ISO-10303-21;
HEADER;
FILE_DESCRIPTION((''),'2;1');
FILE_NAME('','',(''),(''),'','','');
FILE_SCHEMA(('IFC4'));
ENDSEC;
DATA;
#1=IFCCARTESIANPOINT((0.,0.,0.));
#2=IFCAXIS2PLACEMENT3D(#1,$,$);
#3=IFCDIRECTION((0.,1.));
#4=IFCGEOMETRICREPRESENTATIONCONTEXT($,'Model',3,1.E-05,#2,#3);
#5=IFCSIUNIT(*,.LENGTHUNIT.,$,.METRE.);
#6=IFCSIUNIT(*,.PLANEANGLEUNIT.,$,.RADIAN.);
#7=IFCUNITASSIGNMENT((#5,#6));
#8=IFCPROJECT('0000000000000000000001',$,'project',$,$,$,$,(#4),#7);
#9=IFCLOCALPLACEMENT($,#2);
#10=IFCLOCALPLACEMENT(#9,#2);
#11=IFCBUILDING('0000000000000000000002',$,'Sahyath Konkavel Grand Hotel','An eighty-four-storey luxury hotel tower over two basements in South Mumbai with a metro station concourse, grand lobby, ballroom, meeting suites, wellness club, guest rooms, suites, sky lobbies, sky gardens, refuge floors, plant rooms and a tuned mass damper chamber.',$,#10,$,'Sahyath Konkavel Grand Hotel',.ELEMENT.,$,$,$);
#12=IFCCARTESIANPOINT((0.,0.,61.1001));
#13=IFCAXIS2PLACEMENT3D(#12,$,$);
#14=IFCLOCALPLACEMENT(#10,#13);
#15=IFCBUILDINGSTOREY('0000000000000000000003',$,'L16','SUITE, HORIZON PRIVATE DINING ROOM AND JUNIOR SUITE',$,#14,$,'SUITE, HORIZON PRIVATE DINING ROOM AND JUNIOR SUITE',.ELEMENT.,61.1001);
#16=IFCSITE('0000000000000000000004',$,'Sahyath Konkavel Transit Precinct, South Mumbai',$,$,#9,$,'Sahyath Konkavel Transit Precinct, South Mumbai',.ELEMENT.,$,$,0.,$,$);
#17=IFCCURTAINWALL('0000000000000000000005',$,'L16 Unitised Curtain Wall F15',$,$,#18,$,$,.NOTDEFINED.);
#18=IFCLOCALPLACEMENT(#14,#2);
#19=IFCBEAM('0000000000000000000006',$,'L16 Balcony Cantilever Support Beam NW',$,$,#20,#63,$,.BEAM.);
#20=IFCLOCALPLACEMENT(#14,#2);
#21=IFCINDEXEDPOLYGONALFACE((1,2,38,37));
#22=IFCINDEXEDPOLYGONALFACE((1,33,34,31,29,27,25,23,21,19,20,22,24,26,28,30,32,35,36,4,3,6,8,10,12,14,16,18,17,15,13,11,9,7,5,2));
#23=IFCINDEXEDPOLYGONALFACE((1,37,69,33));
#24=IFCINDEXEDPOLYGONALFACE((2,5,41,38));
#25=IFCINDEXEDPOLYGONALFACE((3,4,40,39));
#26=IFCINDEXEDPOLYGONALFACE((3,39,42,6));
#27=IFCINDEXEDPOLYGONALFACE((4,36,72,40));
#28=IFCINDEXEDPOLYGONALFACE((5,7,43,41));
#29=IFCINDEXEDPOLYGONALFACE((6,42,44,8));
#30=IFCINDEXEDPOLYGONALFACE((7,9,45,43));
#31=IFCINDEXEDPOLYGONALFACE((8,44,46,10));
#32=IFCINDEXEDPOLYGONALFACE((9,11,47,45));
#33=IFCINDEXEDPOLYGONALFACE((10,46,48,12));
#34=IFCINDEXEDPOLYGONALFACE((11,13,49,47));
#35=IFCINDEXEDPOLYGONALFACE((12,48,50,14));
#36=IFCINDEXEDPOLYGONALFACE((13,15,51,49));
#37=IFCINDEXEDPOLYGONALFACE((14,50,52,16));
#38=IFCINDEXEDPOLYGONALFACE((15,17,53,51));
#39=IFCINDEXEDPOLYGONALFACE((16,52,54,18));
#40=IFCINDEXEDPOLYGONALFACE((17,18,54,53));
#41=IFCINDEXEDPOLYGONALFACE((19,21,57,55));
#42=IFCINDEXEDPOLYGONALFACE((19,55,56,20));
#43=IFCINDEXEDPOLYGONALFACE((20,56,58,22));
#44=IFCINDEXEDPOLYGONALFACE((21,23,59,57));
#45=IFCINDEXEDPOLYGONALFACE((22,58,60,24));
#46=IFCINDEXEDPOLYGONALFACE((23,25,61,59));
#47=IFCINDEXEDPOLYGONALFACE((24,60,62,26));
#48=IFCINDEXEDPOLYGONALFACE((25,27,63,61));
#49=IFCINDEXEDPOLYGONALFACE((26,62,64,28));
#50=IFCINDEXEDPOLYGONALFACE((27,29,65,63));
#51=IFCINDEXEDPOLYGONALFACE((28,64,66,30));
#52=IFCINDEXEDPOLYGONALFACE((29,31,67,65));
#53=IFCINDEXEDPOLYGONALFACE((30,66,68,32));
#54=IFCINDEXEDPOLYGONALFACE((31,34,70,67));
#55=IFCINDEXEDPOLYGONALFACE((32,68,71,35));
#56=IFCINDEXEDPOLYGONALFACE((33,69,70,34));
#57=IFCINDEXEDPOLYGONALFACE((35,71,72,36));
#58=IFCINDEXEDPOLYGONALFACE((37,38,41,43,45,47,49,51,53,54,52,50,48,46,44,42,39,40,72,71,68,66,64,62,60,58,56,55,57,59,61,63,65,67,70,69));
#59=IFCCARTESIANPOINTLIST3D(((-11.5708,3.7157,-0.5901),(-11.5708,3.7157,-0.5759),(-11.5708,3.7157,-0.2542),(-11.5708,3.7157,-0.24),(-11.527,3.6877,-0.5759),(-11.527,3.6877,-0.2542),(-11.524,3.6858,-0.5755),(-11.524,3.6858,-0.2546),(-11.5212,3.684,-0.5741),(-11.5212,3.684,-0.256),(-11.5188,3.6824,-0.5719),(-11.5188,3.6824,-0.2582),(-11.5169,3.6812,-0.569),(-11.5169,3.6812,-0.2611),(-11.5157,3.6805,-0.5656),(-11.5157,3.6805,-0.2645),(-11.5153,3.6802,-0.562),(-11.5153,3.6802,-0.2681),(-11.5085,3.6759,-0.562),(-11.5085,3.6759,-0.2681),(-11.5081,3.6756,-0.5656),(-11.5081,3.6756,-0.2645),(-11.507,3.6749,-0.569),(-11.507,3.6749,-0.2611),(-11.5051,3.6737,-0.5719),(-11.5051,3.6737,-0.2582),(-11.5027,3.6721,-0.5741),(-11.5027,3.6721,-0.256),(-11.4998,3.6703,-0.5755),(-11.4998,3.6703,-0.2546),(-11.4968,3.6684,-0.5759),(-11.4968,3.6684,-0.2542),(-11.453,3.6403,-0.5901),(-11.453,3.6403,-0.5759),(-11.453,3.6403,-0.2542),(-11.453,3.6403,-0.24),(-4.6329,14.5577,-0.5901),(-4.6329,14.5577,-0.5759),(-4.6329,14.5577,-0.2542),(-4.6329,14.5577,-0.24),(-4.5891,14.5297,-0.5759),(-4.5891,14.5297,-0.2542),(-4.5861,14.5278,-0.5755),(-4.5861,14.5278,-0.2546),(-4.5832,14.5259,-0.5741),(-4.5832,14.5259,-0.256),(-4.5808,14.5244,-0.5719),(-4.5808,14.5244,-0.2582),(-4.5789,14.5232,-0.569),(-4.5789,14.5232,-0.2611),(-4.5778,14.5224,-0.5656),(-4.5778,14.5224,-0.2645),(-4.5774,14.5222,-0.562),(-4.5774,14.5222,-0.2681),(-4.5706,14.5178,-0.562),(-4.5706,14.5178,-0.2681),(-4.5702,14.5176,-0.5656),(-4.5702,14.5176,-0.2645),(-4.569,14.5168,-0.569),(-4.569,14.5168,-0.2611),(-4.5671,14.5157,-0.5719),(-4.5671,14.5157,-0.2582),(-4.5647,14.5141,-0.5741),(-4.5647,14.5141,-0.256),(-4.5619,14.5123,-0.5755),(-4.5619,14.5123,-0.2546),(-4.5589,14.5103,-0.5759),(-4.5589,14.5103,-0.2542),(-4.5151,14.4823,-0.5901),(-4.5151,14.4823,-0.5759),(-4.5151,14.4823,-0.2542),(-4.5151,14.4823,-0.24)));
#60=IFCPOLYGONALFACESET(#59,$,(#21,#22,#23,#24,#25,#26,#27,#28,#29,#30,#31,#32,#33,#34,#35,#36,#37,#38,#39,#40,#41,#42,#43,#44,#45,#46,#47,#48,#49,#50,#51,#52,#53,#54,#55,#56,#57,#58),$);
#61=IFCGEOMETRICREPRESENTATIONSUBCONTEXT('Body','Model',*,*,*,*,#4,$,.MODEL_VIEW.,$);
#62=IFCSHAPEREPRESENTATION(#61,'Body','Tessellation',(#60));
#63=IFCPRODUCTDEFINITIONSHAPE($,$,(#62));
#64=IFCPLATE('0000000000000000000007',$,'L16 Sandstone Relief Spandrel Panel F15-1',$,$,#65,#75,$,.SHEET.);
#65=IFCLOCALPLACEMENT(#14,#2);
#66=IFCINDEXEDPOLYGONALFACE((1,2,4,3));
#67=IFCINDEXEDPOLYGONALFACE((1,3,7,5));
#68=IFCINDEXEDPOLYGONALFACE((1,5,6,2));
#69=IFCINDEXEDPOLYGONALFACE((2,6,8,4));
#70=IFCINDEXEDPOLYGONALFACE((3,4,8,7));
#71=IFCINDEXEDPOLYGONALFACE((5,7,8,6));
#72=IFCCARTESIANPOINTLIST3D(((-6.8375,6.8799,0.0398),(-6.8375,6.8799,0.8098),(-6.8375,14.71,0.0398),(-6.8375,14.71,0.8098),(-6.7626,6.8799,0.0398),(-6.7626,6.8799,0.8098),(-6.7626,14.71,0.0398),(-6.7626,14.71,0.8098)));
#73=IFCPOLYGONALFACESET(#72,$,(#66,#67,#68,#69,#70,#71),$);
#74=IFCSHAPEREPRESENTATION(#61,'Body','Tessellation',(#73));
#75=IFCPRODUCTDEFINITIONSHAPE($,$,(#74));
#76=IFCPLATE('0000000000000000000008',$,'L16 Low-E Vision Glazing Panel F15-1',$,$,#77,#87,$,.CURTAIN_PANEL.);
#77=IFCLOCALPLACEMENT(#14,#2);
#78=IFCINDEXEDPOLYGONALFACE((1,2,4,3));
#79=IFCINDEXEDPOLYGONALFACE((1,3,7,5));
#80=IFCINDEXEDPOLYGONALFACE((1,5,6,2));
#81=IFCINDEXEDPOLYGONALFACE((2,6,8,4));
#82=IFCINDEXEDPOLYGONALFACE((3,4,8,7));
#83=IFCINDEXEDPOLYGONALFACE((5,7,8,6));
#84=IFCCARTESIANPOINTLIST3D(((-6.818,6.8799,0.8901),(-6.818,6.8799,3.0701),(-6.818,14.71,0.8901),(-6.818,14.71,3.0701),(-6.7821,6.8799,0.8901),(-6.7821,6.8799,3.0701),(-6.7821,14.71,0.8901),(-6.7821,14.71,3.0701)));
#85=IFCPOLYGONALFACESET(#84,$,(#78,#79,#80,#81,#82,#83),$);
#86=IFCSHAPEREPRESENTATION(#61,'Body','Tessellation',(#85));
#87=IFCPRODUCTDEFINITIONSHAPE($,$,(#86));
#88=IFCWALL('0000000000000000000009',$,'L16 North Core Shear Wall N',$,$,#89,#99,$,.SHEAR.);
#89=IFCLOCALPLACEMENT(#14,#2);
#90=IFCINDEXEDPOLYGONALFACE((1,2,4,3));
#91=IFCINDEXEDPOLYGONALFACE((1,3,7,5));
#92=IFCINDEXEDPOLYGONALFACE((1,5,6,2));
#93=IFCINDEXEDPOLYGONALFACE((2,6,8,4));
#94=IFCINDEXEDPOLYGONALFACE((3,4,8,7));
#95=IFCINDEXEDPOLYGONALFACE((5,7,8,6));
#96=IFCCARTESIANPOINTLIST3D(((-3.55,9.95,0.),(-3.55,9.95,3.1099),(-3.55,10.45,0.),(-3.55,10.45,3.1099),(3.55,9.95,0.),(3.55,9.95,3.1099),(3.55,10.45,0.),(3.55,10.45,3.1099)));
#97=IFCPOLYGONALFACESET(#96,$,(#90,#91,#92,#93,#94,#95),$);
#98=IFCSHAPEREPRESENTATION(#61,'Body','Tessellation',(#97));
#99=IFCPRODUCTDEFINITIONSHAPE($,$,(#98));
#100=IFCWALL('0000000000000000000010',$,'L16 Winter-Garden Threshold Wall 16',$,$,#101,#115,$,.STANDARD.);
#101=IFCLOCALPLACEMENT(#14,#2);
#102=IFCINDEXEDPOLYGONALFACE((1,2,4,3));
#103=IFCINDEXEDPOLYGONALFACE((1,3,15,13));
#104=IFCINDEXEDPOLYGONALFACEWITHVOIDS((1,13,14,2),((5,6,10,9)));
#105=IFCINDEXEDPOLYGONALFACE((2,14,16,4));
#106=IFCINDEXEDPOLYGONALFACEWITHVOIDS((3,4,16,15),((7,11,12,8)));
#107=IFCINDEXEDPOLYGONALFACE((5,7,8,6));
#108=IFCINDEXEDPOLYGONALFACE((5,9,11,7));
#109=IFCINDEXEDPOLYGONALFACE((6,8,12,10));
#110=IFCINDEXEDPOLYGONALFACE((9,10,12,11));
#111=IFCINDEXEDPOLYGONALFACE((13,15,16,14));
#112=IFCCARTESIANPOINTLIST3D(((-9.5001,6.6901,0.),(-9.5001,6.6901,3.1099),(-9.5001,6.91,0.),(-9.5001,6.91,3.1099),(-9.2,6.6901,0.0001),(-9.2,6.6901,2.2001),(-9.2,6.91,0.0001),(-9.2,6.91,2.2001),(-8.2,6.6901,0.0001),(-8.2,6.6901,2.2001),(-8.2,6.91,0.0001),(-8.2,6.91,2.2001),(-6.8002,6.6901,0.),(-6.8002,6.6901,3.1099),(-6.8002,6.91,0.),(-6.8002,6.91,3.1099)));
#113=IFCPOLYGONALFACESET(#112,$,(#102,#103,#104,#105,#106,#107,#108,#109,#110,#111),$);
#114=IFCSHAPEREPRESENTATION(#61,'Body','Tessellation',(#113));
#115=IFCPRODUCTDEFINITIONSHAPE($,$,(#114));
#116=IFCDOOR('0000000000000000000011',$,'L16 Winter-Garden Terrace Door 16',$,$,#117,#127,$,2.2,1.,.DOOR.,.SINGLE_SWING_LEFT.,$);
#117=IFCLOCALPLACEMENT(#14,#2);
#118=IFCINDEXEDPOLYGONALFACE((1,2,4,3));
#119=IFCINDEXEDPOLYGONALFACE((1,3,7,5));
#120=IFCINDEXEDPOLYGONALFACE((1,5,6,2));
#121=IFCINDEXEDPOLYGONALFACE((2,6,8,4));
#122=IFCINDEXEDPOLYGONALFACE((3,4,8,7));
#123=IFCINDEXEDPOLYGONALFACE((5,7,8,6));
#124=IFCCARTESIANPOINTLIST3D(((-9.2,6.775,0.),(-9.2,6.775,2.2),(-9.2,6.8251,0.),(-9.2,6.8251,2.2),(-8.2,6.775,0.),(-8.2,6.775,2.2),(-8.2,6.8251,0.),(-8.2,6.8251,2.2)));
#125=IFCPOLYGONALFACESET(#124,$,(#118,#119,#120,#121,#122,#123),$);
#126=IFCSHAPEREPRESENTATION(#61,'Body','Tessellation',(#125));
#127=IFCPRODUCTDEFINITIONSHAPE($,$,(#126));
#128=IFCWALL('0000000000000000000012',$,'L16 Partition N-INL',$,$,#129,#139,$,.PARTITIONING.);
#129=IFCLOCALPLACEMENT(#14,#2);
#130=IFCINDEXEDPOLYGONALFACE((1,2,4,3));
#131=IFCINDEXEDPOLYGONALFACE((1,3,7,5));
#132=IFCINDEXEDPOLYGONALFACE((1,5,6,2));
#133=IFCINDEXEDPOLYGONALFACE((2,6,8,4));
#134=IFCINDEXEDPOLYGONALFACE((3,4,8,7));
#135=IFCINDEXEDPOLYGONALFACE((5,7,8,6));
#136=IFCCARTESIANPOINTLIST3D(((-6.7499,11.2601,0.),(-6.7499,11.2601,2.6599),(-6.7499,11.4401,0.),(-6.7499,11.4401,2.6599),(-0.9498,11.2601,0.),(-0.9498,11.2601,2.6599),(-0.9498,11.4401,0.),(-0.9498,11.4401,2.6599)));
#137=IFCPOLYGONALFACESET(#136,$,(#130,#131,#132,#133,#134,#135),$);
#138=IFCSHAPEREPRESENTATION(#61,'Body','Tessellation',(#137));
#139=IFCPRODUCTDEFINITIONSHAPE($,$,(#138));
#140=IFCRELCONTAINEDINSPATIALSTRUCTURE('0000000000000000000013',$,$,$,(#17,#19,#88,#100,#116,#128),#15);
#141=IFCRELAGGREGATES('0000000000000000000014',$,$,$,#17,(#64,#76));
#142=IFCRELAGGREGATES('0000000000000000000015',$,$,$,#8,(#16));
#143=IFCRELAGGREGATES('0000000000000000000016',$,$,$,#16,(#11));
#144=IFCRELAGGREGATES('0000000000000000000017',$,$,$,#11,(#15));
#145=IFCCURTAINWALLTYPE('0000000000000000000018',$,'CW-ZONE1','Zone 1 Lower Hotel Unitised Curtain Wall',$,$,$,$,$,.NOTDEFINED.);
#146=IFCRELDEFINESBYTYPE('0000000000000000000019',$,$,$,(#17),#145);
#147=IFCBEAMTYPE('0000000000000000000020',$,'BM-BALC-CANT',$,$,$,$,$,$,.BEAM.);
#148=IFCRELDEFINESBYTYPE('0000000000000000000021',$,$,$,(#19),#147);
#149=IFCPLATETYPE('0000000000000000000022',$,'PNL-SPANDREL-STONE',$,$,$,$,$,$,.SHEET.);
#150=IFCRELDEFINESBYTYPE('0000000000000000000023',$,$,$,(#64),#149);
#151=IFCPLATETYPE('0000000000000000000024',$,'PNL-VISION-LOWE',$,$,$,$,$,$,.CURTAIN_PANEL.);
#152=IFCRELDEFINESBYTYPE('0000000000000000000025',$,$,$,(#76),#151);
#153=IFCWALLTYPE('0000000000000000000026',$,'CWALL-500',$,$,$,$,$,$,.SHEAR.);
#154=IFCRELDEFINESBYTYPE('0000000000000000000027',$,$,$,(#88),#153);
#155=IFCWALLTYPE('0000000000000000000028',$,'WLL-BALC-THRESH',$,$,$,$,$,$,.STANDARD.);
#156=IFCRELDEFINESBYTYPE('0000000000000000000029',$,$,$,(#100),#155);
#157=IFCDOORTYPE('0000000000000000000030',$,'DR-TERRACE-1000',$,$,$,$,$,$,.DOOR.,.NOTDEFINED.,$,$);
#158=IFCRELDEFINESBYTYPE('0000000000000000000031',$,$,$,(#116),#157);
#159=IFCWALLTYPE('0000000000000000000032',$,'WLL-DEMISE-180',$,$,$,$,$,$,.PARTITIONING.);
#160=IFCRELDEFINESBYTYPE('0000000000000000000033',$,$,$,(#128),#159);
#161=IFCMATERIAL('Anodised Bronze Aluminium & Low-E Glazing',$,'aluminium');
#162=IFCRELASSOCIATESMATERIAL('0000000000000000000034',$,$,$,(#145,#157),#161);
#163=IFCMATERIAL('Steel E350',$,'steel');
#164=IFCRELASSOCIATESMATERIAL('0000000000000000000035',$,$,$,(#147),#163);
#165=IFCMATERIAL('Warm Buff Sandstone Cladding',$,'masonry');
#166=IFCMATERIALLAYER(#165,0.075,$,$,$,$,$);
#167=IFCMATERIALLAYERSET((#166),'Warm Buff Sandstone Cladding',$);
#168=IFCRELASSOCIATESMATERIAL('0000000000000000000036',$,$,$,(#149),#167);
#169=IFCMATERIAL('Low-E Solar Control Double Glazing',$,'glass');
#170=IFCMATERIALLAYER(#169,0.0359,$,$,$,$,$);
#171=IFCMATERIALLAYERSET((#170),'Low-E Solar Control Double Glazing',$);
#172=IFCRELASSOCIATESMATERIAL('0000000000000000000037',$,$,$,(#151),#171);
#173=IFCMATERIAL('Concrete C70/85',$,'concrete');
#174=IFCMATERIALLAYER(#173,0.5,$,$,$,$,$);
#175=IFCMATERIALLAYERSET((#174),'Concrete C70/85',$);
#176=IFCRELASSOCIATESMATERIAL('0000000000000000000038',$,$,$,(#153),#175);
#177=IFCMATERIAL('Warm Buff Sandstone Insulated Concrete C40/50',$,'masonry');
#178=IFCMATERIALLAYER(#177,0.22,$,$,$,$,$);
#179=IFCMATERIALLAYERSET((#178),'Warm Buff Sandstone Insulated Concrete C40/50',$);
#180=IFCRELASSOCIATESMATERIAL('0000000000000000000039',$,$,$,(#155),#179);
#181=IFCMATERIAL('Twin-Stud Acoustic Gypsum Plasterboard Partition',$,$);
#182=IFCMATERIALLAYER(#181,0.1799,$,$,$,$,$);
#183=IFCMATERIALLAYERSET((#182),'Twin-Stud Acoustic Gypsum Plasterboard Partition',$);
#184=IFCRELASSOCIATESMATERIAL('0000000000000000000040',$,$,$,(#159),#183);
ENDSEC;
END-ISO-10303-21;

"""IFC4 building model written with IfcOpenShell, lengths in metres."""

from ifc_helpers import new_model, si_unit, direction, frame, frame_2d, origin, origin_2d, place, context, subcontext, project, spatial, rectangle, i_section, extrude, source, transform, mapped, material, layer, layer_set, material_profile, profile_set, type_object, element, fill, aggregate, save


model = new_model("IFC4")

# Units and contexts
model_context = context("Model", 3, precision=1e-05, world=origin(), true_north=direction((0.0, 1.0)))
body_context = subcontext(model_context, "Body", "Model", "MODEL_VIEW")
ifc_project = project(units=[si_unit("LENGTHUNIT", "METRE"), si_unit("PLANEANGLEUNIT", "RADIAN")], contexts=[model_context])

# Site, building, storey
site_placement = place(None, origin())
site = spatial("IfcSite", under=ifc_project, at=site_placement, Name="Sahyath Konkavel Transit Precinct, South Mumbai", LongName="Sahyath Konkavel Transit Precinct, South Mumbai", CompositionType="ELEMENT", RefElevation=0.0)
building_placement = place(site_placement, origin())
building = spatial("IfcBuilding", under=site, at=building_placement, Name="Sahyath Konkavel Grand Hotel", Description="An eighty-four-storey luxury hotel tower over two basements in South Mumbai with a metro station concourse, grand lobby, ballroom, meeting suites, wellness club, guest rooms, suites, sky lobbies, sky gardens, refuge floors, plant rooms and a tuned mass damper chamber.", LongName="Sahyath Konkavel Grand Hotel", CompositionType="ELEMENT")
storey_placement = place(building_placement, frame((0.0, 0.0, 61.1001)))
storey = spatial("IfcBuildingStorey", under=building, at=storey_placement, Name="L16", Description="SUITE, HORIZON PRIVATE DINING ROOM AND JUNIOR SUITE", LongName="SUITE, HORIZON PRIVATE DINING ROOM AND JUNIOR SUITE", CompositionType="ELEMENT", Elevation=61.1001)

# Shared definitions
ifc_material_1 = material(Name="Concrete C70/85", Category="concrete")

# Shared definitions
ifc_material_2 = material(Name="Steel E350", Category="steel")

# Curtain wall
ifc_material_3 = material(Name="Anodised Bronze Aluminium & Low-E Glazing", Category="aluminium")
curtain_wall_type = type_object("IfcCurtainWallType", Name="CW-ZONE1", Description="Zone 1 Lower Hotel Unitised Curtain Wall", PredefinedType="NOTDEFINED", material=ifc_material_3)
curtain_wall_1_placement = place(storey_placement, origin())
curtain_wall_1 = element("IfcCurtainWall", 1, at=curtain_wall_1_placement, inside=storey, type_object=curtain_wall_type, Name="L16 Unitised Curtain Wall F15", PredefinedType="NOTDEFINED")

# Beam
ifc_material_profile_1 = material_profile(ifc_material_2, i_section(OverallWidth=0.1399, OverallDepth=0.3501, WebThickness=0.0081, FlangeThickness=0.0142, FilletRadius=0.0139, at=origin_2d()), Name="ISMB 350")
ifc_profile_set_1 = profile_set([ifc_material_profile_1], Name="Steel E350")
beam_type_1 = type_object("IfcBeamType", Name="BM-BALC-CANT", PredefinedType="BEAM", material=ifc_profile_set_1)
shared_shape_1 = source(origin(), body_context, "Body", "SweptSolid", [
    extrude(i_section(OverallWidth=0.1399, OverallDepth=0.3501, WebThickness=0.0081, FlangeThickness=0.0142, FilletRadius=0.0139, at=origin_2d()), origin(), (0.0, 0.0, 1.0), 12.8718),
])
beam_1_placement = place(storey_placement, frame((-4.574, 14.52, -0.415), z_axis=(-0.539003, -0.842304, 0.0), x_axis=(0.842304, -0.539003, 0.0)))
element("IfcBeam", 2, at=beam_1_placement, inside=storey, type_object=beam_type_1, Name="L16 Balcony Cantilever Support Beam NW", PredefinedType="BEAM", context=body_context, shape_type="MappedRepresentation", body=[
    mapped(shared_shape_1, transform((0.0, 0.0, 0.0), scale=1.0)),
])

# Plates
ifc_material_4 = material(Name="Warm Buff Sandstone Cladding", Category="masonry")
ifc_layer_1 = layer(ifc_material_4, 0.075)
ifc_layer_set_1 = layer_set([ifc_layer_1], Name="Warm Buff Sandstone Cladding")
plate_type_1 = type_object("IfcPlateType", Name="PNL-SPANDREL-STONE", PredefinedType="SHEET", material=ifc_layer_set_1)
shared_shape_2 = source(origin(), body_context, "Body", "SweptSolid", [
    extrude(rectangle(XDim=7.8301, YDim=0.075, at=origin_2d()), origin(), (0.0, 0.0, 1.0), 0.77),
])
plate_1_placement = place(storey_placement, frame((-6.8, 10.7949, 0.0398), z_axis=(0.0, 0.0, 1.0), x_axis=(0.0, -1.0, 0.0)))
plate_1 = element("IfcPlate", 3, at=plate_1_placement, type_object=plate_type_1, Name="L16 Sandstone Relief Spandrel Panel F15-1", PredefinedType="SHEET", context=body_context, shape_type="MappedRepresentation", body=[
    mapped(shared_shape_2, transform((0.0, 0.0, 0.0), scale=1.0)),
])
ifc_material_5 = material(Name="Low-E Solar Control Double Glazing", Category="glass")
ifc_layer_2 = layer(ifc_material_5, 0.0359)
ifc_layer_set_2 = layer_set([ifc_layer_2], Name="Low-E Solar Control Double Glazing")
plate_type_2 = type_object("IfcPlateType", Name="PNL-VISION-LOWE", PredefinedType="CURTAIN_PANEL", material=ifc_layer_set_2)
shared_shape_3 = source(origin(), body_context, "Body", "SweptSolid", [
    extrude(rectangle(XDim=7.8301, YDim=0.0359, at=origin_2d()), origin(), (0.0, 0.0, 1.0), 2.1799),
])
plate_2_placement = place(storey_placement, frame((-6.8, 10.7949, 0.8901), z_axis=(0.0, 0.0, 1.0), x_axis=(0.0, -1.0, 0.0)))
plate_2 = element("IfcPlate", 4, at=plate_2_placement, type_object=plate_type_2, Name="L16 Low-E Vision Glazing Panel F15-1", PredefinedType="CURTAIN_PANEL", context=body_context, shape_type="MappedRepresentation", body=[
    mapped(shared_shape_3, transform((0.0, 0.0, 0.0), scale=1.0)),
])
aggregate(curtain_wall_1, [plate_1, plate_2])

# Wall
ifc_layer_3 = layer(ifc_material_1, 0.5)
ifc_layer_set_3 = layer_set([ifc_layer_3], Name="Concrete C70/85")
wall_type_1 = type_object("IfcWallType", Name="CWALL-500", PredefinedType="SHEAR", material=ifc_layer_set_3)
wall_1_placement = place(storey_placement, frame((-3.55, 10.2, 0.0), z_axis=(0.0, 0.0, 1.0), x_axis=(1.0, 0.0, 0.0)))
element("IfcWall", 5, at=wall_1_placement, inside=storey, type_object=wall_type_1, Name="L16 North Core Shear Wall N", PredefinedType="SHEAR", context=body_context, shape_type="SweptSolid", body=[
    extrude(rectangle(XDim=7.1001, YDim=0.5, at=frame_2d((3.55, 0.0))), origin(), (0.0, 0.0, 1.0), 3.1099),
])

# Wall, opening, door
ifc_material_6 = material(Name="Warm Buff Sandstone Insulated Concrete C40/50", Category="masonry")
ifc_layer_4 = layer(ifc_material_6, 0.22)
ifc_layer_set_4 = layer_set([ifc_layer_4], Name="Warm Buff Sandstone Insulated Concrete C40/50")
wall_type_2 = type_object("IfcWallType", Name="WLL-BALC-THRESH", PredefinedType="STANDARD", material=ifc_layer_set_4)
wall_2_placement = place(storey_placement, frame((-6.8, 6.8, 0.0), z_axis=(0.0, 0.0, 1.0), x_axis=(-1.0, 0.0, 0.0)))
wall_2 = element("IfcWall", 6, at=wall_2_placement, inside=storey, type_object=wall_type_2, Name="L16 Winter-Garden Threshold Wall 16", PredefinedType="STANDARD", context=body_context, shape_type="SweptSolid", body=[
    extrude(rectangle(XDim=2.7, YDim=0.22, at=frame_2d((1.3501, 0.0))), origin(), (0.0, 0.0, 1.0), 3.1099),
])
opening_1_placement = place(wall_2_placement, frame((1.3999, 0.0, 0.0)))
opening_1 = element("IfcOpeningElement", 7, at=opening_1_placement, cuts=wall_2, PredefinedType="OPENING", context=body_context, shape_type="SweptSolid", body=[
    extrude(rectangle(XDim=1.0, YDim=2.2, at=frame_2d((0.5, 1.1001))), frame((0.0, 0.1201, 0.0), z_axis=(0.0, -1.0, 0.0), x_axis=(1.0, 0.0, 0.0)), (0.0, 0.0, 1.0), 0.24),
])
door_type_1 = type_object("IfcDoorType", Name="DR-TERRACE-1000", OperationType="NOTDEFINED", PredefinedType="DOOR", material=ifc_material_3)
shared_shape_4 = source(origin(), body_context, "Body", "SweptSolid", [
    extrude(rectangle(XDim=1.0, YDim=0.05, at=origin_2d()), origin(), (0.0, 0.0, 1.0), 2.2),
])
door_1_placement = place(opening_1_placement, frame((0.5, 0.0, 0.0)))
door_1 = element("IfcDoor", 8, at=door_1_placement, inside=storey, type_object=door_type_1, Name="L16 Winter-Garden Terrace Door 16", OperationType="SINGLE_SWING_LEFT", OverallHeight=2.2, OverallWidth=1.0, PredefinedType="DOOR", context=body_context, shape_type="MappedRepresentation", body=[
    mapped(shared_shape_4, transform((0.0, 0.0, 0.0), scale=1.0)),
])
fill(opening_1, door_1)

# Wall
ifc_material_7 = material(Name="Twin-Stud Acoustic Gypsum Plasterboard Partition")
ifc_layer_5 = layer(ifc_material_7, 0.1799)
ifc_layer_set_5 = layer_set([ifc_layer_5], Name="Twin-Stud Acoustic Gypsum Plasterboard Partition")
wall_type_3 = type_object("IfcWallType", Name="WLL-DEMISE-180", PredefinedType="PARTITIONING", material=ifc_layer_set_5)
wall_3_placement = place(storey_placement, frame((-0.95, 11.3501, 0.0), z_axis=(0.0, 0.0, 1.0), x_axis=(-1.0, 0.0, 0.0)))
element("IfcWall", 9, at=wall_3_placement, inside=storey, type_object=wall_type_3, Name="L16 Partition N-INL", PredefinedType="PARTITIONING", context=body_context, shape_type="SweptSolid", body=[
    extrude(rectangle(XDim=5.8, YDim=0.1799, at=frame_2d((2.8999, 0.0))), origin(), (0.0, 0.0, 1.0), 2.6599),
])

save(model, "model.ifc")
